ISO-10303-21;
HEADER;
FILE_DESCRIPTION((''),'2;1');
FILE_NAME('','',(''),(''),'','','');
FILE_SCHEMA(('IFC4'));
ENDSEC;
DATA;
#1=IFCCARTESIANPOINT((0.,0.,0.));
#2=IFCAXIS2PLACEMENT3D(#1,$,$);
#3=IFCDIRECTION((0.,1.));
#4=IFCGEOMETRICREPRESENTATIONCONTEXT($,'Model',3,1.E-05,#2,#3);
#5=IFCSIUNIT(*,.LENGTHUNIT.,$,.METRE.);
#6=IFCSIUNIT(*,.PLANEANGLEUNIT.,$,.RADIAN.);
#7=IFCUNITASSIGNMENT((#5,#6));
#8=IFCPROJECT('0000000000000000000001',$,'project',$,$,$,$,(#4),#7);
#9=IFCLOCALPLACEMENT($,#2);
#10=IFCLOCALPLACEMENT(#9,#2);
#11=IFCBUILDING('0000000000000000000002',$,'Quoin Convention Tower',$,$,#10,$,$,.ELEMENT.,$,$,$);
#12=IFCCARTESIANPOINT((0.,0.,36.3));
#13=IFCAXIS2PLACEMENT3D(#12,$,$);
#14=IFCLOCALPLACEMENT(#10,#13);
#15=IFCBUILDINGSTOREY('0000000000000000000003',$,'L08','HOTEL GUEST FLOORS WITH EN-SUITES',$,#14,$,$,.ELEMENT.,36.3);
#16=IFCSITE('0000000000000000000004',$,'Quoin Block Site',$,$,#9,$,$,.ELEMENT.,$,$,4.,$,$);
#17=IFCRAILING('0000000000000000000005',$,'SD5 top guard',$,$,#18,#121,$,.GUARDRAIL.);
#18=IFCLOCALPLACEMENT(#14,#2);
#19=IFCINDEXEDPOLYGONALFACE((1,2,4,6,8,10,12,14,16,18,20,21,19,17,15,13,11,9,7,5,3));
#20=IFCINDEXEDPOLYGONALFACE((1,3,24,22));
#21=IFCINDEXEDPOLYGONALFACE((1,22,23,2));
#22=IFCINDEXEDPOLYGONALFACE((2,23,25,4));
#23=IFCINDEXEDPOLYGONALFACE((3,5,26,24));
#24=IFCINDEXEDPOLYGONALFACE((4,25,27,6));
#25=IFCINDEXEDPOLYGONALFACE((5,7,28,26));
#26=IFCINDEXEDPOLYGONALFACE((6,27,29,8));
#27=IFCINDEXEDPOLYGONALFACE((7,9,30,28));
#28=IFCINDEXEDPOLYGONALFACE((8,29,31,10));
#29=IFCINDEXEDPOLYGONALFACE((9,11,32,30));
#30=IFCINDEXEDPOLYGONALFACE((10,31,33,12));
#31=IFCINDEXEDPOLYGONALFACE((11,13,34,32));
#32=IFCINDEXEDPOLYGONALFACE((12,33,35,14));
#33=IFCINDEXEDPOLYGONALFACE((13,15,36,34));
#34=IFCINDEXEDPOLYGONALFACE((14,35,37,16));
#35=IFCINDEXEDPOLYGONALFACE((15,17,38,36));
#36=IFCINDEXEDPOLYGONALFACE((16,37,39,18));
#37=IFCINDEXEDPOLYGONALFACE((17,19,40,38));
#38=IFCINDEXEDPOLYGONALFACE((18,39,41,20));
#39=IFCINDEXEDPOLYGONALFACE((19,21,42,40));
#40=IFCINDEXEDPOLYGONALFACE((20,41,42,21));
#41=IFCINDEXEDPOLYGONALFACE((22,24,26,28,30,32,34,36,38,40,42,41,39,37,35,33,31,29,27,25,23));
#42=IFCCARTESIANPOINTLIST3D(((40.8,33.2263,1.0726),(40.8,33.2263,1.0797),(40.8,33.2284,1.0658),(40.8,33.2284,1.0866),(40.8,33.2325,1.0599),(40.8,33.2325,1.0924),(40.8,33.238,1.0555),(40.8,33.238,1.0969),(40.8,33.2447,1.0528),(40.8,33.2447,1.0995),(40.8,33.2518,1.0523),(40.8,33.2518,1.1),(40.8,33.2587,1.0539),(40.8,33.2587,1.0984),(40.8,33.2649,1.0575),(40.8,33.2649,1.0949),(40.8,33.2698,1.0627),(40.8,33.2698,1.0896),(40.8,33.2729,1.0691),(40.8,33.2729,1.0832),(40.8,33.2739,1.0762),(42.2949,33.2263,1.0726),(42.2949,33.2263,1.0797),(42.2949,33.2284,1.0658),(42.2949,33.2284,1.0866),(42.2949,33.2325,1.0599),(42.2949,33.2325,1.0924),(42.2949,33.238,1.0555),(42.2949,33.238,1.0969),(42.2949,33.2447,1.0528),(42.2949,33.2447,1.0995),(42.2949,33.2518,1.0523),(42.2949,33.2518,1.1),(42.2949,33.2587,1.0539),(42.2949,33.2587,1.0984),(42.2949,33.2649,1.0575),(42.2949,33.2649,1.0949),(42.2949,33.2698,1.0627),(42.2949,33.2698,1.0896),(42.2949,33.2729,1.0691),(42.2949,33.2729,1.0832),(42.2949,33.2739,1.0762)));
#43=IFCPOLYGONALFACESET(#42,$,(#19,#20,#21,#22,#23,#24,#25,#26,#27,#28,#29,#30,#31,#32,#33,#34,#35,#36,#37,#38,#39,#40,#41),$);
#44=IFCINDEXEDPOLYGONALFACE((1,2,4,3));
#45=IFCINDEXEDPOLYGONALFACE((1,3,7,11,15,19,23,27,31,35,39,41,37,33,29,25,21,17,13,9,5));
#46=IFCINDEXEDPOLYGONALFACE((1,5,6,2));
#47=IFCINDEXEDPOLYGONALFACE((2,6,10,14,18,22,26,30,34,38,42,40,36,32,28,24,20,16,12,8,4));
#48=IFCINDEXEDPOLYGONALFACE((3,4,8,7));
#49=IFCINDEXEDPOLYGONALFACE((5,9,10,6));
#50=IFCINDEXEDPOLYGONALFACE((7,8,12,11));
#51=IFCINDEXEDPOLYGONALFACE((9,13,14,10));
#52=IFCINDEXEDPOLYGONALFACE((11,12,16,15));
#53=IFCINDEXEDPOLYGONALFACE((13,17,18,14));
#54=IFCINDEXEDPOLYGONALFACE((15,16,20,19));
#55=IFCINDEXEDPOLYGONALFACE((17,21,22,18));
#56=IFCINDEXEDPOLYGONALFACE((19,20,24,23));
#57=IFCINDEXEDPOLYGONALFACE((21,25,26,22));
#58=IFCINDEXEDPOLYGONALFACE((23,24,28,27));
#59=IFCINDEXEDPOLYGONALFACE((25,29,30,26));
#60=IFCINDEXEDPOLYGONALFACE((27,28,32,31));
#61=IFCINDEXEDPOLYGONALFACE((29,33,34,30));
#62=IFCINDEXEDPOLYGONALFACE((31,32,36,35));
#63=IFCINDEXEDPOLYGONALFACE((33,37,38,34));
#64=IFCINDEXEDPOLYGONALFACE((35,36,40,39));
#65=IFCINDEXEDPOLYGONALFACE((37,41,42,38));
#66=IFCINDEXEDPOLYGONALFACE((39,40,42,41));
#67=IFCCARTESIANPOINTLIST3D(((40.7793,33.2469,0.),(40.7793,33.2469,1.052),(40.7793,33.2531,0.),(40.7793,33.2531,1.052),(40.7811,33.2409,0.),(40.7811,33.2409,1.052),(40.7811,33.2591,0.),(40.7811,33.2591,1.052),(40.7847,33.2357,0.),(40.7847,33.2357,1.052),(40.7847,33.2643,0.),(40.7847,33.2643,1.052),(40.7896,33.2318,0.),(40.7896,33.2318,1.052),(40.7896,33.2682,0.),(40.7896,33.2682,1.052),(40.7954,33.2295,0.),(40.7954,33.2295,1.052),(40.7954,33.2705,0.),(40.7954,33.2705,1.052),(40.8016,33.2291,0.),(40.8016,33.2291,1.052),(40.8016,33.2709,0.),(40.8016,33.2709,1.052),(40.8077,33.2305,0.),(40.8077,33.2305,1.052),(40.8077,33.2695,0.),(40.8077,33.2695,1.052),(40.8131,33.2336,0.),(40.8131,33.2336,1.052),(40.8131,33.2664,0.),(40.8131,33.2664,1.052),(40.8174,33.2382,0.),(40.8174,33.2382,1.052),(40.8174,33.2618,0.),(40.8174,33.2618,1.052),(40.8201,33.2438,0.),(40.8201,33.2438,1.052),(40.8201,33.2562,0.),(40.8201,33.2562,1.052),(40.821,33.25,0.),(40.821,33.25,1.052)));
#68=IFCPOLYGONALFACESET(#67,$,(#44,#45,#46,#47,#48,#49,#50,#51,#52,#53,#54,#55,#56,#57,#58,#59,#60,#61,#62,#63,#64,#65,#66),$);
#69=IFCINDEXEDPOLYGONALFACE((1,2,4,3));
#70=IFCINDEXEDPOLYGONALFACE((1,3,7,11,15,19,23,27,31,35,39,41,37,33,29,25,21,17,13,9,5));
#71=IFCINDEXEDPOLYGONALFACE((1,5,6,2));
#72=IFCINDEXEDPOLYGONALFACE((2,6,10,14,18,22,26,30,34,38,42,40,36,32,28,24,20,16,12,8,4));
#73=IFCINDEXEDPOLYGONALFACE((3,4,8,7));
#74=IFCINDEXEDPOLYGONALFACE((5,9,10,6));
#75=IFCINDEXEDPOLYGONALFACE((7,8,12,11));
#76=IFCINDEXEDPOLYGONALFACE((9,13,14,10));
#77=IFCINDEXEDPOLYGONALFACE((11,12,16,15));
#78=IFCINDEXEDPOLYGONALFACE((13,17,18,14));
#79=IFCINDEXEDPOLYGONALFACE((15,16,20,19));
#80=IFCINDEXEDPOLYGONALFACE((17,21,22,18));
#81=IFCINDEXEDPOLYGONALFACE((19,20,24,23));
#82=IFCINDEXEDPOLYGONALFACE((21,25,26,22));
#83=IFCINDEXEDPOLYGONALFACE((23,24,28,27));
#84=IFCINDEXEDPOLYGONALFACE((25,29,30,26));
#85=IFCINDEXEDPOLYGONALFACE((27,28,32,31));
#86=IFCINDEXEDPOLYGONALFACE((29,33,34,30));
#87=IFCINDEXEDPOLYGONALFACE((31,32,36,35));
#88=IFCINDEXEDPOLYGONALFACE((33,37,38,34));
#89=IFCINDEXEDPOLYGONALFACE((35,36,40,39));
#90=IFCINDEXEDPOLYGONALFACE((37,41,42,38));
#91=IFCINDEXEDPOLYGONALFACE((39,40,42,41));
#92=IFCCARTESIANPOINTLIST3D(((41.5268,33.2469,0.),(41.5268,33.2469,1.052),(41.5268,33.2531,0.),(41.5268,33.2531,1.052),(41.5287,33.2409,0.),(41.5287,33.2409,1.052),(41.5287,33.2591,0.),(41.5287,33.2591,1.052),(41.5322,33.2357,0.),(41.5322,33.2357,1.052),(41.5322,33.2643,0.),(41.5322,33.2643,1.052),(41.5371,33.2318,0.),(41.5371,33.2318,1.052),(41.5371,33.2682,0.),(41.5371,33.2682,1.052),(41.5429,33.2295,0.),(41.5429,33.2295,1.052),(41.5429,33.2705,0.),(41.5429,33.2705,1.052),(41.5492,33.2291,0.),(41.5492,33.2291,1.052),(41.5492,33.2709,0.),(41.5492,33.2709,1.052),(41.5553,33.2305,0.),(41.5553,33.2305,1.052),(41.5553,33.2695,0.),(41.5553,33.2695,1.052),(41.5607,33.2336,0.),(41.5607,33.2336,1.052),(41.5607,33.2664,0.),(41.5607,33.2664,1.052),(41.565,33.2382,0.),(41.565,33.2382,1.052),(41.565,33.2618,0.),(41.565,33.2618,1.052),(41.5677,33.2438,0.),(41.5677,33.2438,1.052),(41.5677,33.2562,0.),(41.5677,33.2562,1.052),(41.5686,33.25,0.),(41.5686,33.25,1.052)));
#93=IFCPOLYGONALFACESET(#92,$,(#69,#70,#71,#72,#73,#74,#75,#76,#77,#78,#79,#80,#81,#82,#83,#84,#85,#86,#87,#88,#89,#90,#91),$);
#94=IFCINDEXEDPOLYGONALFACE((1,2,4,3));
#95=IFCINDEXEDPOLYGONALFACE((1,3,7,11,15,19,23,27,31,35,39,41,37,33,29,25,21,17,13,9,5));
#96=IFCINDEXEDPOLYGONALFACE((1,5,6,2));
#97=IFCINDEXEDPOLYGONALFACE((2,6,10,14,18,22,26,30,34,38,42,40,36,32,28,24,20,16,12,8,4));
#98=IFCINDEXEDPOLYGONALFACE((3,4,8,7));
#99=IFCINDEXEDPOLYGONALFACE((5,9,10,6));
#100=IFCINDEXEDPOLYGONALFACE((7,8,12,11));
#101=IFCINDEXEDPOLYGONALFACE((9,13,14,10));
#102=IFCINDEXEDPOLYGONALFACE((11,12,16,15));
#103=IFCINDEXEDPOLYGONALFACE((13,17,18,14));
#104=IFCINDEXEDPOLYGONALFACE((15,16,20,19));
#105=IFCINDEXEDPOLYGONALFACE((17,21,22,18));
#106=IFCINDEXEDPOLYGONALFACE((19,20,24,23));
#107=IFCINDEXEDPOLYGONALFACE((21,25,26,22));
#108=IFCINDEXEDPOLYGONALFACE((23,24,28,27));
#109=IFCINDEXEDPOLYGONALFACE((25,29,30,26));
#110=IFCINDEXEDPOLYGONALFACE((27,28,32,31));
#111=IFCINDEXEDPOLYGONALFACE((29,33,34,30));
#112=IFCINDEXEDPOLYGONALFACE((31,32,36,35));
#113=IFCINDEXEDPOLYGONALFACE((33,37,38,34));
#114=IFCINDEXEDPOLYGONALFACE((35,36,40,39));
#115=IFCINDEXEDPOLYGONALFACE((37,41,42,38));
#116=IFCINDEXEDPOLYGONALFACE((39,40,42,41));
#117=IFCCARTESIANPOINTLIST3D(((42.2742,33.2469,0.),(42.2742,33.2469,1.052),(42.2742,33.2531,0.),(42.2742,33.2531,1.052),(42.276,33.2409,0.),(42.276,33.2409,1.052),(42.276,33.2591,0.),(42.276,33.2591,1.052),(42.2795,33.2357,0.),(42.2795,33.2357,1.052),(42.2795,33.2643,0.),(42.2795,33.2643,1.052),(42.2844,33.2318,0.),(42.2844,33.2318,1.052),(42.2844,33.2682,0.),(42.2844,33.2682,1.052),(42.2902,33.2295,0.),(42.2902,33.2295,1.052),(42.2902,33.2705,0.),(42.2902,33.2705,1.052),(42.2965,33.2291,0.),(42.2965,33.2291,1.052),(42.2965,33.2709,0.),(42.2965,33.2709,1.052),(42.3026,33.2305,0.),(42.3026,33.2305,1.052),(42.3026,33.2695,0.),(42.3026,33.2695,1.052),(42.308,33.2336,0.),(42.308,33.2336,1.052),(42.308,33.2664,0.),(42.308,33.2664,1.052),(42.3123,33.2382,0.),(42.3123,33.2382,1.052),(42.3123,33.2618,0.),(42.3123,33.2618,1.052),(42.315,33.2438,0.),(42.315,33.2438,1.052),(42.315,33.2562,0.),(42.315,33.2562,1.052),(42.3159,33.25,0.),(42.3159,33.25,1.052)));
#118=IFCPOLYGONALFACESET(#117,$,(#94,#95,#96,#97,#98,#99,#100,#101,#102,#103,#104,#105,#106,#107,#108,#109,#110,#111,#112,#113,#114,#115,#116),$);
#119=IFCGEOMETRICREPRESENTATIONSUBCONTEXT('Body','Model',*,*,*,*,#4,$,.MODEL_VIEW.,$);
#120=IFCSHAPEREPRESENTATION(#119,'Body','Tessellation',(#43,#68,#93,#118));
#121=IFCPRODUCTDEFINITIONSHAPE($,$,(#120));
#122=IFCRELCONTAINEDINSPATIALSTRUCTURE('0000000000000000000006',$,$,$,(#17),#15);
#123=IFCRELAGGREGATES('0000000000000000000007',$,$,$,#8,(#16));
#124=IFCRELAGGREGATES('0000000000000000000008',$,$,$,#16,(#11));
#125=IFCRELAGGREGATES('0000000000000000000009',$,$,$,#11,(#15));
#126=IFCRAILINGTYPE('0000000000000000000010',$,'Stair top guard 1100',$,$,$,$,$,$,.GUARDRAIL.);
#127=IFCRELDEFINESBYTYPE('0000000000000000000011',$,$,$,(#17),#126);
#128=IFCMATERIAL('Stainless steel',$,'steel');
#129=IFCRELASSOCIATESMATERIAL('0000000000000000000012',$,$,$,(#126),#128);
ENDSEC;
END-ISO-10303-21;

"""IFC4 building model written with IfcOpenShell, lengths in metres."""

from ifc_helpers import new_model, si_unit, direction, frame, origin, origin_2d, place, context, subcontext, project, spatial, circle, extrude, material, type_object, element, save


model = new_model("IFC4")

# Units and contexts
model_context = context("Model", 3, precision=1e-05, world=origin(), true_north=direction((0.0, 1.0)))
body_context = subcontext(model_context, "Body", "Model", "MODEL_VIEW")
ifc_project = project(units=[si_unit("LENGTHUNIT", "METRE"), si_unit("PLANEANGLEUNIT", "RADIAN")], contexts=[model_context])

# Site, building, storey
site_placement = place(None, origin())
site = spatial("IfcSite", under=ifc_project, at=site_placement, Name="Quoin Block Site", CompositionType="ELEMENT", RefElevation=4.0)
building_placement = place(site_placement, origin())
building = spatial("IfcBuilding", under=site, at=building_placement, Name="Quoin Convention Tower", CompositionType="ELEMENT")
storey_placement = place(building_placement, frame((0.0, 0.0, 36.3)))
storey = spatial("IfcBuildingStorey", under=building, at=storey_placement, Name="L08", Description="HOTEL GUEST FLOORS WITH EN-SUITES", CompositionType="ELEMENT", Elevation=36.3)

# Railing
ifc_material_1 = material(Name="Stainless steel", Category="steel")
railing_type = type_object("IfcRailingType", Name="Stair top guard 1100", PredefinedType="GUARDRAIL", material=ifc_material_1)
railing_placement = place(storey_placement, frame((40.8, 33.25, 0.0)))
element("IfcRailing", 1, at=railing_placement, inside=storey, type_object=railing_type, Name="SD5 top guard", PredefinedType="GUARDRAIL", context=body_context, shape_type="SweptSolid", body=[
    extrude(circle(Radius=0.0239, at=origin_2d()), frame((0.0, 0.0, 1.0762), z_axis=(1.0, 0.0, 0.0), x_axis=(0.0, 1.0, 0.0)), (0.0, 0.0, 1.0), 1.4949),
    extrude(circle(Radius=0.021, at=origin_2d()), origin(), (0.0, 0.0, 1.0), 1.052),
    extrude(circle(Radius=0.021, at=origin_2d()), frame((0.7476, 0.0, 0.0)), (0.0, 0.0, 1.0), 1.052),
    extrude(circle(Radius=0.021, at=origin_2d()), frame((1.4949, 0.0, 0.0)), (0.0, 0.0, 1.0), 1.052),
])

save(model, "model.ifc")
